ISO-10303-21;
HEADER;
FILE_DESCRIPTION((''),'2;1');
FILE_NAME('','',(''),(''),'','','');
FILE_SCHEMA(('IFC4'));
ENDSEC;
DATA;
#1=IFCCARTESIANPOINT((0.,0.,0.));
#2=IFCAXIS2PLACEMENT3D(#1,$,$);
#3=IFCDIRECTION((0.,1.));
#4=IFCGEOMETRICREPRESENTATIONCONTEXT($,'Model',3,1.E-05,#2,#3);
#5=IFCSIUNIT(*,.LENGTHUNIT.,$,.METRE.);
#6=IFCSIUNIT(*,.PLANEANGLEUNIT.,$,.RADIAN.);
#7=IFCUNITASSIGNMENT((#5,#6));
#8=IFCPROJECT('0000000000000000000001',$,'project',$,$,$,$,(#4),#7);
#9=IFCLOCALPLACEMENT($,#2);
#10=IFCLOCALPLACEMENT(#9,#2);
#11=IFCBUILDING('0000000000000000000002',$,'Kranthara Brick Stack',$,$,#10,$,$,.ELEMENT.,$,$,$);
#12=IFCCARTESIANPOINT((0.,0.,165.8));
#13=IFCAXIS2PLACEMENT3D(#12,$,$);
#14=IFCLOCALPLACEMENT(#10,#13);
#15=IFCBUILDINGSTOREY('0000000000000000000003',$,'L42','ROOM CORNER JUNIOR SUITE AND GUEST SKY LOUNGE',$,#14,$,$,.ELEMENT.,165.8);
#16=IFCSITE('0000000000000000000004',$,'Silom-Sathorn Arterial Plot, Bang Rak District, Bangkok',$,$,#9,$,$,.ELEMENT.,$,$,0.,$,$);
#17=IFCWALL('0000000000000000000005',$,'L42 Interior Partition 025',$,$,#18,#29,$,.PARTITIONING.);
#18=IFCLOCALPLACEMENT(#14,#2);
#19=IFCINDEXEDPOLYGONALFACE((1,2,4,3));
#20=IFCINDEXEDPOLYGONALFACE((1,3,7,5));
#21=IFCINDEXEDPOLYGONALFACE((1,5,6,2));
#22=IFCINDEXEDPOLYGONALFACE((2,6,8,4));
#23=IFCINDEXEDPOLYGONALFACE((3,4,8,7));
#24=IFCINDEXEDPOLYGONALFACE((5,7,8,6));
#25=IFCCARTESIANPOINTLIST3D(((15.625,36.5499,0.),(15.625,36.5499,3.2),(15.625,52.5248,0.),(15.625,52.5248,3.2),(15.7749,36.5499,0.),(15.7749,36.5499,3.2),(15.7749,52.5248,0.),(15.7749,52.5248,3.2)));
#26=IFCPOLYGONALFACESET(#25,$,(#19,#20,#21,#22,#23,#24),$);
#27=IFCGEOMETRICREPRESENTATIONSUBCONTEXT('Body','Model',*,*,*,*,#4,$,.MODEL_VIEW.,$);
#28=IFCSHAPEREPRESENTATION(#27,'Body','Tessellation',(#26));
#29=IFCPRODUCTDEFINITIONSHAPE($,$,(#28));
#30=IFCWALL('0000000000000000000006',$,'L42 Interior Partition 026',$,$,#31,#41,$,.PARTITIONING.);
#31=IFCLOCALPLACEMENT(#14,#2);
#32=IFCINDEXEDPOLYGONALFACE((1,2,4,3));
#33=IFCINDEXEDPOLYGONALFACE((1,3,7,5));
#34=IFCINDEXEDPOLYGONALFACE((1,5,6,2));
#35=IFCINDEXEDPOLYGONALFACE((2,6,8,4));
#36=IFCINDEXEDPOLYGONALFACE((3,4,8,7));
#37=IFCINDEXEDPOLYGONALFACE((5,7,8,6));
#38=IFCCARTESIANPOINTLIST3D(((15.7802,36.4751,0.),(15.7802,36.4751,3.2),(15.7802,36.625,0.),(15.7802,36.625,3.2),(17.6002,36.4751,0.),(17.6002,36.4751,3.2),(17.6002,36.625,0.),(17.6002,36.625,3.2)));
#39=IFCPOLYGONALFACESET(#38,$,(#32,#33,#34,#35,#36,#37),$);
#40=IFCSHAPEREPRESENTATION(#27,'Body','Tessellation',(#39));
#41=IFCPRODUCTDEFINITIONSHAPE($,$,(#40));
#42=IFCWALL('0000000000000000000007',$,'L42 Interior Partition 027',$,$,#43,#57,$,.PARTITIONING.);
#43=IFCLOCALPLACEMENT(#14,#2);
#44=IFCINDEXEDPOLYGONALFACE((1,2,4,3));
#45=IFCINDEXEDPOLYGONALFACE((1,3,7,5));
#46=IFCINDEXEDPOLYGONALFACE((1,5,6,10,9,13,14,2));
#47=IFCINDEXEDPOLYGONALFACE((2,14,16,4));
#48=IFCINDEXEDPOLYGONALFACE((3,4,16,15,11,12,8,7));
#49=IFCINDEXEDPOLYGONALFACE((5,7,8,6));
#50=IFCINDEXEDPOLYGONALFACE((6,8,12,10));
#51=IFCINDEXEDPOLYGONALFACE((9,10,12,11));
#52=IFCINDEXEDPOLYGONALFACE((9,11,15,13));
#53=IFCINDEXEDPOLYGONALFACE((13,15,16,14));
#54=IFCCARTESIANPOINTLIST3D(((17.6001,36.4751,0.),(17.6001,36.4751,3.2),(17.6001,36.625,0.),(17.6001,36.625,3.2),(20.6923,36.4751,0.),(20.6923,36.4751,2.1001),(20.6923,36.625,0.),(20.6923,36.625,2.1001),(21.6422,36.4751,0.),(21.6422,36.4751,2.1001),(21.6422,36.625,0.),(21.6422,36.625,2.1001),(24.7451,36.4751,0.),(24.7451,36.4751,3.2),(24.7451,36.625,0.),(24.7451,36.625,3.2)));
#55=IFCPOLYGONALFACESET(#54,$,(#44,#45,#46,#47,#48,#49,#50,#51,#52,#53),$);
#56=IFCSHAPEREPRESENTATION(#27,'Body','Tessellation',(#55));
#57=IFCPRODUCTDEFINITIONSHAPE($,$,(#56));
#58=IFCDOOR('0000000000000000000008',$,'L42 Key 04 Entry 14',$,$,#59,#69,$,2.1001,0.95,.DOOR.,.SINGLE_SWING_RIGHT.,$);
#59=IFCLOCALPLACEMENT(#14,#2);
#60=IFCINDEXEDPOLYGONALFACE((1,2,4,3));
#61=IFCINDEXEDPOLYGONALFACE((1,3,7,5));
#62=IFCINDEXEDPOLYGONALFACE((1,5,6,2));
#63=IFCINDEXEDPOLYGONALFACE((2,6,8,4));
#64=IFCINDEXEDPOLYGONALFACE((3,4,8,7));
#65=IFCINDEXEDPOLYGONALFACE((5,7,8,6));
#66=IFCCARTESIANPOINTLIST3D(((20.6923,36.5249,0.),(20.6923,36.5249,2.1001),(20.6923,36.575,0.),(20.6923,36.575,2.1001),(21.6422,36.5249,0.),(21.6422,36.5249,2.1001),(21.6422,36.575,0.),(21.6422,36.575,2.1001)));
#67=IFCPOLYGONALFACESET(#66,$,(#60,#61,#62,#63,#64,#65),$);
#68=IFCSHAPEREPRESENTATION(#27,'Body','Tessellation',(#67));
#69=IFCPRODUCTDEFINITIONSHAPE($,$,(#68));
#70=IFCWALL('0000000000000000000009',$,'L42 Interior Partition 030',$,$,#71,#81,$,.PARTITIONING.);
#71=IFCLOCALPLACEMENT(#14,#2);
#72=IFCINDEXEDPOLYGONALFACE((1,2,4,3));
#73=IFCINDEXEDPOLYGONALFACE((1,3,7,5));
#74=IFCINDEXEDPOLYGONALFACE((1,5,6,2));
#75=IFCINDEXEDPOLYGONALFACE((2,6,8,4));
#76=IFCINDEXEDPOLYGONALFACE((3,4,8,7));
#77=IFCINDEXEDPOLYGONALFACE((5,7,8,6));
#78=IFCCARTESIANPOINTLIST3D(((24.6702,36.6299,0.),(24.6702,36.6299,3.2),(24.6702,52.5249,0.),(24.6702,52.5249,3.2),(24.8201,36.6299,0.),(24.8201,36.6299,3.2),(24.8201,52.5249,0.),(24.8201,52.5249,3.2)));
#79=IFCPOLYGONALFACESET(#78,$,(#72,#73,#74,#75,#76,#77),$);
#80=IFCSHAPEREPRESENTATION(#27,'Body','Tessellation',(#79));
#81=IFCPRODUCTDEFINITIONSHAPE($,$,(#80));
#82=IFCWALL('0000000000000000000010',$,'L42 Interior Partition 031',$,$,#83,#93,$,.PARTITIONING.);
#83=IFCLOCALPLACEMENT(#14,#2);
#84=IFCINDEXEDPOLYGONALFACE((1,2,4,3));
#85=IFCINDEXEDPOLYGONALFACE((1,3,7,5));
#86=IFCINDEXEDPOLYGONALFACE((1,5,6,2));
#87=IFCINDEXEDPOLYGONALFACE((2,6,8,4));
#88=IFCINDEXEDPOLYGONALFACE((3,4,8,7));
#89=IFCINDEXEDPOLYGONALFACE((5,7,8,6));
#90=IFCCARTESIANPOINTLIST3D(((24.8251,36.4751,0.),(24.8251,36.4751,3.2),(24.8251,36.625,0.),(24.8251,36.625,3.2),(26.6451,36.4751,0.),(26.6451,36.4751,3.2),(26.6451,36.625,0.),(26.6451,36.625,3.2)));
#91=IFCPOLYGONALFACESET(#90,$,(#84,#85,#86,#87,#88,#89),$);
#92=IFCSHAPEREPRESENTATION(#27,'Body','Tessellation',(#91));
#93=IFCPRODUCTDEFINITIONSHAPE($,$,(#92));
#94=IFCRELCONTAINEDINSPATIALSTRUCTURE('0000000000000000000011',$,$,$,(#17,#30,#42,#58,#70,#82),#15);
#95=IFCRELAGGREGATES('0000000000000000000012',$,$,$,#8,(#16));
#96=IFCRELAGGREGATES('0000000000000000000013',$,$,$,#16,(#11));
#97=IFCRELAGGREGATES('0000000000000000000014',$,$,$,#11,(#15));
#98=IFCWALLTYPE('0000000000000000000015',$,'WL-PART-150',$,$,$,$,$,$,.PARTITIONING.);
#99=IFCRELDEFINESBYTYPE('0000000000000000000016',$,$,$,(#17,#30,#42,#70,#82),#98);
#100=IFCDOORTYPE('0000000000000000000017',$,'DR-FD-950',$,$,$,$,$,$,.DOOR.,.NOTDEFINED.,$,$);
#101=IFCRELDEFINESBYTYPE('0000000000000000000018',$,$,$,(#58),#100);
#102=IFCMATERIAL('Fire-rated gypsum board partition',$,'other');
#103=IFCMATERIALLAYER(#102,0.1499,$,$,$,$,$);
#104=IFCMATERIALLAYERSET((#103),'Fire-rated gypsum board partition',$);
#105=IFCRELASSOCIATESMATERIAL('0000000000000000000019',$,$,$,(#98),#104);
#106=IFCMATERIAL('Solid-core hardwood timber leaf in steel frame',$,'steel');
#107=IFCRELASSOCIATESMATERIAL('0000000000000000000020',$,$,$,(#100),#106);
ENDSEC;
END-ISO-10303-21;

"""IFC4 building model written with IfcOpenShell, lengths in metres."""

from ifc_helpers import new_model, si_unit, direction, frame, frame_2d, origin, place, context, subcontext, project, spatial, rectangle, extrude, material, layer, layer_set, type_object, element, fill, save


model = new_model("IFC4")

# Units and contexts
model_context = context("Model", 3, precision=1e-05, world=origin(), true_north=direction((0.0, 1.0)))
body_context = subcontext(model_context, "Body", "Model", "MODEL_VIEW")
ifc_project = project(units=[si_unit("LENGTHUNIT", "METRE"), si_unit("PLANEANGLEUNIT", "RADIAN")], contexts=[model_context])

# Site, building, storey
site_placement = place(None, origin())
site = spatial("IfcSite", under=ifc_project, at=site_placement, Name="Silom-Sathorn Arterial Plot, Bang Rak District, Bangkok", CompositionType="ELEMENT", RefElevation=0.0)
building_placement = place(site_placement, origin())
building = spatial("IfcBuilding", under=site, at=building_placement, Name="Kranthara Brick Stack", CompositionType="ELEMENT")
storey_placement = place(building_placement, frame((0.0, 0.0, 165.8)))
storey = spatial("IfcBuildingStorey", under=building, at=storey_placement, Name="L42", Description="ROOM CORNER JUNIOR SUITE AND GUEST SKY LOUNGE", CompositionType="ELEMENT", Elevation=165.8)

# Walls
ifc_material_1 = material(Name="Fire-rated gypsum board partition", Category="other")
ifc_layer_1 = layer(ifc_material_1, 0.1499)
ifc_layer_set_1 = layer_set([ifc_layer_1], Name="Fire-rated gypsum board partition")
wall_type_1 = type_object("IfcWallType", Name="WL-PART-150", PredefinedType="PARTITIONING", material=ifc_layer_set_1)
wall_1_placement = place(storey_placement, frame((15.7, 36.55, 0.0), z_axis=(0.0, 0.0, 1.0), x_axis=(0.0, 1.0, 0.0)))
element("IfcWall", 1, at=wall_1_placement, inside=storey, type_object=wall_type_1, Name="L42 Interior Partition 025", PredefinedType="PARTITIONING", context=body_context, shape_type="SweptSolid", body=[
    extrude(rectangle(XDim=15.9749, YDim=0.1499, at=frame_2d((7.9873, 0.0))), origin(), (0.0, 0.0, 1.0), 3.2),
])
wall_2_placement = place(storey_placement, frame((15.78, 36.55, 0.0), z_axis=(0.0, 0.0, 1.0), x_axis=(1.0, 0.0, 0.0)))
element("IfcWall", 2, at=wall_2_placement, inside=storey, type_object=wall_type_1, Name="L42 Interior Partition 026", PredefinedType="PARTITIONING", context=body_context, shape_type="SweptSolid", body=[
    extrude(rectangle(XDim=1.8201, YDim=0.1499, at=frame_2d((0.9102, 0.0))), origin(), (0.0, 0.0, 1.0), 3.2),
])

# Wall, opening, door
wall_3_placement = place(storey_placement, frame((17.6001, 36.55, 0.0), z_axis=(0.0, 0.0, 1.0), x_axis=(1.0, 0.0, 0.0)))
wall_3 = element("IfcWall", 3, at=wall_3_placement, inside=storey, type_object=wall_type_1, Name="L42 Interior Partition 027", PredefinedType="PARTITIONING", context=body_context, shape_type="SweptSolid", body=[
    extrude(rectangle(XDim=7.145, YDim=0.1499, at=frame_2d((3.5725, 0.0))), origin(), (0.0, 0.0, 1.0), 3.2),
])
opening_1_placement = place(wall_3_placement, frame((3.092, 0.0, 0.0)))
opening_1 = element("IfcOpeningElement", 4, at=opening_1_placement, cuts=wall_3, PredefinedType="OPENING", context=body_context, shape_type="SweptSolid", body=[
    extrude(rectangle(XDim=0.95, YDim=2.1001, at=frame_2d((0.4751, 1.05))), frame((0.0, 0.085, 0.0), z_axis=(0.0, -1.0, 0.0), x_axis=(1.0, 0.0, 0.0)), (0.0, 0.0, 1.0), 0.1699),
])
ifc_material_2 = material(Name="Solid-core hardwood timber leaf in steel frame", Category="steel")
door_type_1 = type_object("IfcDoorType", Name="DR-FD-950", OperationType="NOTDEFINED", PredefinedType="DOOR", material=ifc_material_2)
door_1_placement = place(opening_1_placement, origin())
door_1 = element("IfcDoor", 5, at=door_1_placement, inside=storey, type_object=door_type_1, Name="L42 Key 04 Entry 14", OperationType="SINGLE_SWING_RIGHT", OverallHeight=2.1001, OverallWidth=0.95, PredefinedType="DOOR", context=body_context, shape_type="SweptSolid", body=[
    extrude(rectangle(XDim=0.95, YDim=2.1001, at=frame_2d((0.4751, 1.05))), frame((0.0, 0.0249, 0.0), z_axis=(0.0, -1.0, 0.0), x_axis=(1.0, 0.0, 0.0)), (0.0, 0.0, 1.0), 0.05),
])
fill(opening_1, door_1)

# Walls
wall_4_placement = place(storey_placement, frame((24.7451, 36.6299, 0.0), z_axis=(0.0, 0.0, 1.0), x_axis=(0.0, 1.0, 0.0)))
element("IfcWall", 6, at=wall_4_placement, inside=storey, type_object=wall_type_1, Name="L42 Interior Partition 030", PredefinedType="PARTITIONING", context=body_context, shape_type="SweptSolid", body=[
    extrude(rectangle(XDim=15.895, YDim=0.1499, at=frame_2d((7.9475, 0.0))), origin(), (0.0, 0.0, 1.0), 3.2),
])
wall_5_placement = place(storey_placement, frame((24.825, 36.55, 0.0), z_axis=(0.0, 0.0, 1.0), x_axis=(1.0, 0.0, 0.0)))
element("IfcWall", 7, at=wall_5_placement, inside=storey, type_object=wall_type_1, Name="L42 Interior Partition 031", PredefinedType="PARTITIONING", context=body_context, shape_type="SweptSolid", body=[
    extrude(rectangle(XDim=1.8201, YDim=0.1499, at=frame_2d((0.9102, 0.0))), origin(), (0.0, 0.0, 1.0), 3.2),
])

save(model, "model.ifc")
